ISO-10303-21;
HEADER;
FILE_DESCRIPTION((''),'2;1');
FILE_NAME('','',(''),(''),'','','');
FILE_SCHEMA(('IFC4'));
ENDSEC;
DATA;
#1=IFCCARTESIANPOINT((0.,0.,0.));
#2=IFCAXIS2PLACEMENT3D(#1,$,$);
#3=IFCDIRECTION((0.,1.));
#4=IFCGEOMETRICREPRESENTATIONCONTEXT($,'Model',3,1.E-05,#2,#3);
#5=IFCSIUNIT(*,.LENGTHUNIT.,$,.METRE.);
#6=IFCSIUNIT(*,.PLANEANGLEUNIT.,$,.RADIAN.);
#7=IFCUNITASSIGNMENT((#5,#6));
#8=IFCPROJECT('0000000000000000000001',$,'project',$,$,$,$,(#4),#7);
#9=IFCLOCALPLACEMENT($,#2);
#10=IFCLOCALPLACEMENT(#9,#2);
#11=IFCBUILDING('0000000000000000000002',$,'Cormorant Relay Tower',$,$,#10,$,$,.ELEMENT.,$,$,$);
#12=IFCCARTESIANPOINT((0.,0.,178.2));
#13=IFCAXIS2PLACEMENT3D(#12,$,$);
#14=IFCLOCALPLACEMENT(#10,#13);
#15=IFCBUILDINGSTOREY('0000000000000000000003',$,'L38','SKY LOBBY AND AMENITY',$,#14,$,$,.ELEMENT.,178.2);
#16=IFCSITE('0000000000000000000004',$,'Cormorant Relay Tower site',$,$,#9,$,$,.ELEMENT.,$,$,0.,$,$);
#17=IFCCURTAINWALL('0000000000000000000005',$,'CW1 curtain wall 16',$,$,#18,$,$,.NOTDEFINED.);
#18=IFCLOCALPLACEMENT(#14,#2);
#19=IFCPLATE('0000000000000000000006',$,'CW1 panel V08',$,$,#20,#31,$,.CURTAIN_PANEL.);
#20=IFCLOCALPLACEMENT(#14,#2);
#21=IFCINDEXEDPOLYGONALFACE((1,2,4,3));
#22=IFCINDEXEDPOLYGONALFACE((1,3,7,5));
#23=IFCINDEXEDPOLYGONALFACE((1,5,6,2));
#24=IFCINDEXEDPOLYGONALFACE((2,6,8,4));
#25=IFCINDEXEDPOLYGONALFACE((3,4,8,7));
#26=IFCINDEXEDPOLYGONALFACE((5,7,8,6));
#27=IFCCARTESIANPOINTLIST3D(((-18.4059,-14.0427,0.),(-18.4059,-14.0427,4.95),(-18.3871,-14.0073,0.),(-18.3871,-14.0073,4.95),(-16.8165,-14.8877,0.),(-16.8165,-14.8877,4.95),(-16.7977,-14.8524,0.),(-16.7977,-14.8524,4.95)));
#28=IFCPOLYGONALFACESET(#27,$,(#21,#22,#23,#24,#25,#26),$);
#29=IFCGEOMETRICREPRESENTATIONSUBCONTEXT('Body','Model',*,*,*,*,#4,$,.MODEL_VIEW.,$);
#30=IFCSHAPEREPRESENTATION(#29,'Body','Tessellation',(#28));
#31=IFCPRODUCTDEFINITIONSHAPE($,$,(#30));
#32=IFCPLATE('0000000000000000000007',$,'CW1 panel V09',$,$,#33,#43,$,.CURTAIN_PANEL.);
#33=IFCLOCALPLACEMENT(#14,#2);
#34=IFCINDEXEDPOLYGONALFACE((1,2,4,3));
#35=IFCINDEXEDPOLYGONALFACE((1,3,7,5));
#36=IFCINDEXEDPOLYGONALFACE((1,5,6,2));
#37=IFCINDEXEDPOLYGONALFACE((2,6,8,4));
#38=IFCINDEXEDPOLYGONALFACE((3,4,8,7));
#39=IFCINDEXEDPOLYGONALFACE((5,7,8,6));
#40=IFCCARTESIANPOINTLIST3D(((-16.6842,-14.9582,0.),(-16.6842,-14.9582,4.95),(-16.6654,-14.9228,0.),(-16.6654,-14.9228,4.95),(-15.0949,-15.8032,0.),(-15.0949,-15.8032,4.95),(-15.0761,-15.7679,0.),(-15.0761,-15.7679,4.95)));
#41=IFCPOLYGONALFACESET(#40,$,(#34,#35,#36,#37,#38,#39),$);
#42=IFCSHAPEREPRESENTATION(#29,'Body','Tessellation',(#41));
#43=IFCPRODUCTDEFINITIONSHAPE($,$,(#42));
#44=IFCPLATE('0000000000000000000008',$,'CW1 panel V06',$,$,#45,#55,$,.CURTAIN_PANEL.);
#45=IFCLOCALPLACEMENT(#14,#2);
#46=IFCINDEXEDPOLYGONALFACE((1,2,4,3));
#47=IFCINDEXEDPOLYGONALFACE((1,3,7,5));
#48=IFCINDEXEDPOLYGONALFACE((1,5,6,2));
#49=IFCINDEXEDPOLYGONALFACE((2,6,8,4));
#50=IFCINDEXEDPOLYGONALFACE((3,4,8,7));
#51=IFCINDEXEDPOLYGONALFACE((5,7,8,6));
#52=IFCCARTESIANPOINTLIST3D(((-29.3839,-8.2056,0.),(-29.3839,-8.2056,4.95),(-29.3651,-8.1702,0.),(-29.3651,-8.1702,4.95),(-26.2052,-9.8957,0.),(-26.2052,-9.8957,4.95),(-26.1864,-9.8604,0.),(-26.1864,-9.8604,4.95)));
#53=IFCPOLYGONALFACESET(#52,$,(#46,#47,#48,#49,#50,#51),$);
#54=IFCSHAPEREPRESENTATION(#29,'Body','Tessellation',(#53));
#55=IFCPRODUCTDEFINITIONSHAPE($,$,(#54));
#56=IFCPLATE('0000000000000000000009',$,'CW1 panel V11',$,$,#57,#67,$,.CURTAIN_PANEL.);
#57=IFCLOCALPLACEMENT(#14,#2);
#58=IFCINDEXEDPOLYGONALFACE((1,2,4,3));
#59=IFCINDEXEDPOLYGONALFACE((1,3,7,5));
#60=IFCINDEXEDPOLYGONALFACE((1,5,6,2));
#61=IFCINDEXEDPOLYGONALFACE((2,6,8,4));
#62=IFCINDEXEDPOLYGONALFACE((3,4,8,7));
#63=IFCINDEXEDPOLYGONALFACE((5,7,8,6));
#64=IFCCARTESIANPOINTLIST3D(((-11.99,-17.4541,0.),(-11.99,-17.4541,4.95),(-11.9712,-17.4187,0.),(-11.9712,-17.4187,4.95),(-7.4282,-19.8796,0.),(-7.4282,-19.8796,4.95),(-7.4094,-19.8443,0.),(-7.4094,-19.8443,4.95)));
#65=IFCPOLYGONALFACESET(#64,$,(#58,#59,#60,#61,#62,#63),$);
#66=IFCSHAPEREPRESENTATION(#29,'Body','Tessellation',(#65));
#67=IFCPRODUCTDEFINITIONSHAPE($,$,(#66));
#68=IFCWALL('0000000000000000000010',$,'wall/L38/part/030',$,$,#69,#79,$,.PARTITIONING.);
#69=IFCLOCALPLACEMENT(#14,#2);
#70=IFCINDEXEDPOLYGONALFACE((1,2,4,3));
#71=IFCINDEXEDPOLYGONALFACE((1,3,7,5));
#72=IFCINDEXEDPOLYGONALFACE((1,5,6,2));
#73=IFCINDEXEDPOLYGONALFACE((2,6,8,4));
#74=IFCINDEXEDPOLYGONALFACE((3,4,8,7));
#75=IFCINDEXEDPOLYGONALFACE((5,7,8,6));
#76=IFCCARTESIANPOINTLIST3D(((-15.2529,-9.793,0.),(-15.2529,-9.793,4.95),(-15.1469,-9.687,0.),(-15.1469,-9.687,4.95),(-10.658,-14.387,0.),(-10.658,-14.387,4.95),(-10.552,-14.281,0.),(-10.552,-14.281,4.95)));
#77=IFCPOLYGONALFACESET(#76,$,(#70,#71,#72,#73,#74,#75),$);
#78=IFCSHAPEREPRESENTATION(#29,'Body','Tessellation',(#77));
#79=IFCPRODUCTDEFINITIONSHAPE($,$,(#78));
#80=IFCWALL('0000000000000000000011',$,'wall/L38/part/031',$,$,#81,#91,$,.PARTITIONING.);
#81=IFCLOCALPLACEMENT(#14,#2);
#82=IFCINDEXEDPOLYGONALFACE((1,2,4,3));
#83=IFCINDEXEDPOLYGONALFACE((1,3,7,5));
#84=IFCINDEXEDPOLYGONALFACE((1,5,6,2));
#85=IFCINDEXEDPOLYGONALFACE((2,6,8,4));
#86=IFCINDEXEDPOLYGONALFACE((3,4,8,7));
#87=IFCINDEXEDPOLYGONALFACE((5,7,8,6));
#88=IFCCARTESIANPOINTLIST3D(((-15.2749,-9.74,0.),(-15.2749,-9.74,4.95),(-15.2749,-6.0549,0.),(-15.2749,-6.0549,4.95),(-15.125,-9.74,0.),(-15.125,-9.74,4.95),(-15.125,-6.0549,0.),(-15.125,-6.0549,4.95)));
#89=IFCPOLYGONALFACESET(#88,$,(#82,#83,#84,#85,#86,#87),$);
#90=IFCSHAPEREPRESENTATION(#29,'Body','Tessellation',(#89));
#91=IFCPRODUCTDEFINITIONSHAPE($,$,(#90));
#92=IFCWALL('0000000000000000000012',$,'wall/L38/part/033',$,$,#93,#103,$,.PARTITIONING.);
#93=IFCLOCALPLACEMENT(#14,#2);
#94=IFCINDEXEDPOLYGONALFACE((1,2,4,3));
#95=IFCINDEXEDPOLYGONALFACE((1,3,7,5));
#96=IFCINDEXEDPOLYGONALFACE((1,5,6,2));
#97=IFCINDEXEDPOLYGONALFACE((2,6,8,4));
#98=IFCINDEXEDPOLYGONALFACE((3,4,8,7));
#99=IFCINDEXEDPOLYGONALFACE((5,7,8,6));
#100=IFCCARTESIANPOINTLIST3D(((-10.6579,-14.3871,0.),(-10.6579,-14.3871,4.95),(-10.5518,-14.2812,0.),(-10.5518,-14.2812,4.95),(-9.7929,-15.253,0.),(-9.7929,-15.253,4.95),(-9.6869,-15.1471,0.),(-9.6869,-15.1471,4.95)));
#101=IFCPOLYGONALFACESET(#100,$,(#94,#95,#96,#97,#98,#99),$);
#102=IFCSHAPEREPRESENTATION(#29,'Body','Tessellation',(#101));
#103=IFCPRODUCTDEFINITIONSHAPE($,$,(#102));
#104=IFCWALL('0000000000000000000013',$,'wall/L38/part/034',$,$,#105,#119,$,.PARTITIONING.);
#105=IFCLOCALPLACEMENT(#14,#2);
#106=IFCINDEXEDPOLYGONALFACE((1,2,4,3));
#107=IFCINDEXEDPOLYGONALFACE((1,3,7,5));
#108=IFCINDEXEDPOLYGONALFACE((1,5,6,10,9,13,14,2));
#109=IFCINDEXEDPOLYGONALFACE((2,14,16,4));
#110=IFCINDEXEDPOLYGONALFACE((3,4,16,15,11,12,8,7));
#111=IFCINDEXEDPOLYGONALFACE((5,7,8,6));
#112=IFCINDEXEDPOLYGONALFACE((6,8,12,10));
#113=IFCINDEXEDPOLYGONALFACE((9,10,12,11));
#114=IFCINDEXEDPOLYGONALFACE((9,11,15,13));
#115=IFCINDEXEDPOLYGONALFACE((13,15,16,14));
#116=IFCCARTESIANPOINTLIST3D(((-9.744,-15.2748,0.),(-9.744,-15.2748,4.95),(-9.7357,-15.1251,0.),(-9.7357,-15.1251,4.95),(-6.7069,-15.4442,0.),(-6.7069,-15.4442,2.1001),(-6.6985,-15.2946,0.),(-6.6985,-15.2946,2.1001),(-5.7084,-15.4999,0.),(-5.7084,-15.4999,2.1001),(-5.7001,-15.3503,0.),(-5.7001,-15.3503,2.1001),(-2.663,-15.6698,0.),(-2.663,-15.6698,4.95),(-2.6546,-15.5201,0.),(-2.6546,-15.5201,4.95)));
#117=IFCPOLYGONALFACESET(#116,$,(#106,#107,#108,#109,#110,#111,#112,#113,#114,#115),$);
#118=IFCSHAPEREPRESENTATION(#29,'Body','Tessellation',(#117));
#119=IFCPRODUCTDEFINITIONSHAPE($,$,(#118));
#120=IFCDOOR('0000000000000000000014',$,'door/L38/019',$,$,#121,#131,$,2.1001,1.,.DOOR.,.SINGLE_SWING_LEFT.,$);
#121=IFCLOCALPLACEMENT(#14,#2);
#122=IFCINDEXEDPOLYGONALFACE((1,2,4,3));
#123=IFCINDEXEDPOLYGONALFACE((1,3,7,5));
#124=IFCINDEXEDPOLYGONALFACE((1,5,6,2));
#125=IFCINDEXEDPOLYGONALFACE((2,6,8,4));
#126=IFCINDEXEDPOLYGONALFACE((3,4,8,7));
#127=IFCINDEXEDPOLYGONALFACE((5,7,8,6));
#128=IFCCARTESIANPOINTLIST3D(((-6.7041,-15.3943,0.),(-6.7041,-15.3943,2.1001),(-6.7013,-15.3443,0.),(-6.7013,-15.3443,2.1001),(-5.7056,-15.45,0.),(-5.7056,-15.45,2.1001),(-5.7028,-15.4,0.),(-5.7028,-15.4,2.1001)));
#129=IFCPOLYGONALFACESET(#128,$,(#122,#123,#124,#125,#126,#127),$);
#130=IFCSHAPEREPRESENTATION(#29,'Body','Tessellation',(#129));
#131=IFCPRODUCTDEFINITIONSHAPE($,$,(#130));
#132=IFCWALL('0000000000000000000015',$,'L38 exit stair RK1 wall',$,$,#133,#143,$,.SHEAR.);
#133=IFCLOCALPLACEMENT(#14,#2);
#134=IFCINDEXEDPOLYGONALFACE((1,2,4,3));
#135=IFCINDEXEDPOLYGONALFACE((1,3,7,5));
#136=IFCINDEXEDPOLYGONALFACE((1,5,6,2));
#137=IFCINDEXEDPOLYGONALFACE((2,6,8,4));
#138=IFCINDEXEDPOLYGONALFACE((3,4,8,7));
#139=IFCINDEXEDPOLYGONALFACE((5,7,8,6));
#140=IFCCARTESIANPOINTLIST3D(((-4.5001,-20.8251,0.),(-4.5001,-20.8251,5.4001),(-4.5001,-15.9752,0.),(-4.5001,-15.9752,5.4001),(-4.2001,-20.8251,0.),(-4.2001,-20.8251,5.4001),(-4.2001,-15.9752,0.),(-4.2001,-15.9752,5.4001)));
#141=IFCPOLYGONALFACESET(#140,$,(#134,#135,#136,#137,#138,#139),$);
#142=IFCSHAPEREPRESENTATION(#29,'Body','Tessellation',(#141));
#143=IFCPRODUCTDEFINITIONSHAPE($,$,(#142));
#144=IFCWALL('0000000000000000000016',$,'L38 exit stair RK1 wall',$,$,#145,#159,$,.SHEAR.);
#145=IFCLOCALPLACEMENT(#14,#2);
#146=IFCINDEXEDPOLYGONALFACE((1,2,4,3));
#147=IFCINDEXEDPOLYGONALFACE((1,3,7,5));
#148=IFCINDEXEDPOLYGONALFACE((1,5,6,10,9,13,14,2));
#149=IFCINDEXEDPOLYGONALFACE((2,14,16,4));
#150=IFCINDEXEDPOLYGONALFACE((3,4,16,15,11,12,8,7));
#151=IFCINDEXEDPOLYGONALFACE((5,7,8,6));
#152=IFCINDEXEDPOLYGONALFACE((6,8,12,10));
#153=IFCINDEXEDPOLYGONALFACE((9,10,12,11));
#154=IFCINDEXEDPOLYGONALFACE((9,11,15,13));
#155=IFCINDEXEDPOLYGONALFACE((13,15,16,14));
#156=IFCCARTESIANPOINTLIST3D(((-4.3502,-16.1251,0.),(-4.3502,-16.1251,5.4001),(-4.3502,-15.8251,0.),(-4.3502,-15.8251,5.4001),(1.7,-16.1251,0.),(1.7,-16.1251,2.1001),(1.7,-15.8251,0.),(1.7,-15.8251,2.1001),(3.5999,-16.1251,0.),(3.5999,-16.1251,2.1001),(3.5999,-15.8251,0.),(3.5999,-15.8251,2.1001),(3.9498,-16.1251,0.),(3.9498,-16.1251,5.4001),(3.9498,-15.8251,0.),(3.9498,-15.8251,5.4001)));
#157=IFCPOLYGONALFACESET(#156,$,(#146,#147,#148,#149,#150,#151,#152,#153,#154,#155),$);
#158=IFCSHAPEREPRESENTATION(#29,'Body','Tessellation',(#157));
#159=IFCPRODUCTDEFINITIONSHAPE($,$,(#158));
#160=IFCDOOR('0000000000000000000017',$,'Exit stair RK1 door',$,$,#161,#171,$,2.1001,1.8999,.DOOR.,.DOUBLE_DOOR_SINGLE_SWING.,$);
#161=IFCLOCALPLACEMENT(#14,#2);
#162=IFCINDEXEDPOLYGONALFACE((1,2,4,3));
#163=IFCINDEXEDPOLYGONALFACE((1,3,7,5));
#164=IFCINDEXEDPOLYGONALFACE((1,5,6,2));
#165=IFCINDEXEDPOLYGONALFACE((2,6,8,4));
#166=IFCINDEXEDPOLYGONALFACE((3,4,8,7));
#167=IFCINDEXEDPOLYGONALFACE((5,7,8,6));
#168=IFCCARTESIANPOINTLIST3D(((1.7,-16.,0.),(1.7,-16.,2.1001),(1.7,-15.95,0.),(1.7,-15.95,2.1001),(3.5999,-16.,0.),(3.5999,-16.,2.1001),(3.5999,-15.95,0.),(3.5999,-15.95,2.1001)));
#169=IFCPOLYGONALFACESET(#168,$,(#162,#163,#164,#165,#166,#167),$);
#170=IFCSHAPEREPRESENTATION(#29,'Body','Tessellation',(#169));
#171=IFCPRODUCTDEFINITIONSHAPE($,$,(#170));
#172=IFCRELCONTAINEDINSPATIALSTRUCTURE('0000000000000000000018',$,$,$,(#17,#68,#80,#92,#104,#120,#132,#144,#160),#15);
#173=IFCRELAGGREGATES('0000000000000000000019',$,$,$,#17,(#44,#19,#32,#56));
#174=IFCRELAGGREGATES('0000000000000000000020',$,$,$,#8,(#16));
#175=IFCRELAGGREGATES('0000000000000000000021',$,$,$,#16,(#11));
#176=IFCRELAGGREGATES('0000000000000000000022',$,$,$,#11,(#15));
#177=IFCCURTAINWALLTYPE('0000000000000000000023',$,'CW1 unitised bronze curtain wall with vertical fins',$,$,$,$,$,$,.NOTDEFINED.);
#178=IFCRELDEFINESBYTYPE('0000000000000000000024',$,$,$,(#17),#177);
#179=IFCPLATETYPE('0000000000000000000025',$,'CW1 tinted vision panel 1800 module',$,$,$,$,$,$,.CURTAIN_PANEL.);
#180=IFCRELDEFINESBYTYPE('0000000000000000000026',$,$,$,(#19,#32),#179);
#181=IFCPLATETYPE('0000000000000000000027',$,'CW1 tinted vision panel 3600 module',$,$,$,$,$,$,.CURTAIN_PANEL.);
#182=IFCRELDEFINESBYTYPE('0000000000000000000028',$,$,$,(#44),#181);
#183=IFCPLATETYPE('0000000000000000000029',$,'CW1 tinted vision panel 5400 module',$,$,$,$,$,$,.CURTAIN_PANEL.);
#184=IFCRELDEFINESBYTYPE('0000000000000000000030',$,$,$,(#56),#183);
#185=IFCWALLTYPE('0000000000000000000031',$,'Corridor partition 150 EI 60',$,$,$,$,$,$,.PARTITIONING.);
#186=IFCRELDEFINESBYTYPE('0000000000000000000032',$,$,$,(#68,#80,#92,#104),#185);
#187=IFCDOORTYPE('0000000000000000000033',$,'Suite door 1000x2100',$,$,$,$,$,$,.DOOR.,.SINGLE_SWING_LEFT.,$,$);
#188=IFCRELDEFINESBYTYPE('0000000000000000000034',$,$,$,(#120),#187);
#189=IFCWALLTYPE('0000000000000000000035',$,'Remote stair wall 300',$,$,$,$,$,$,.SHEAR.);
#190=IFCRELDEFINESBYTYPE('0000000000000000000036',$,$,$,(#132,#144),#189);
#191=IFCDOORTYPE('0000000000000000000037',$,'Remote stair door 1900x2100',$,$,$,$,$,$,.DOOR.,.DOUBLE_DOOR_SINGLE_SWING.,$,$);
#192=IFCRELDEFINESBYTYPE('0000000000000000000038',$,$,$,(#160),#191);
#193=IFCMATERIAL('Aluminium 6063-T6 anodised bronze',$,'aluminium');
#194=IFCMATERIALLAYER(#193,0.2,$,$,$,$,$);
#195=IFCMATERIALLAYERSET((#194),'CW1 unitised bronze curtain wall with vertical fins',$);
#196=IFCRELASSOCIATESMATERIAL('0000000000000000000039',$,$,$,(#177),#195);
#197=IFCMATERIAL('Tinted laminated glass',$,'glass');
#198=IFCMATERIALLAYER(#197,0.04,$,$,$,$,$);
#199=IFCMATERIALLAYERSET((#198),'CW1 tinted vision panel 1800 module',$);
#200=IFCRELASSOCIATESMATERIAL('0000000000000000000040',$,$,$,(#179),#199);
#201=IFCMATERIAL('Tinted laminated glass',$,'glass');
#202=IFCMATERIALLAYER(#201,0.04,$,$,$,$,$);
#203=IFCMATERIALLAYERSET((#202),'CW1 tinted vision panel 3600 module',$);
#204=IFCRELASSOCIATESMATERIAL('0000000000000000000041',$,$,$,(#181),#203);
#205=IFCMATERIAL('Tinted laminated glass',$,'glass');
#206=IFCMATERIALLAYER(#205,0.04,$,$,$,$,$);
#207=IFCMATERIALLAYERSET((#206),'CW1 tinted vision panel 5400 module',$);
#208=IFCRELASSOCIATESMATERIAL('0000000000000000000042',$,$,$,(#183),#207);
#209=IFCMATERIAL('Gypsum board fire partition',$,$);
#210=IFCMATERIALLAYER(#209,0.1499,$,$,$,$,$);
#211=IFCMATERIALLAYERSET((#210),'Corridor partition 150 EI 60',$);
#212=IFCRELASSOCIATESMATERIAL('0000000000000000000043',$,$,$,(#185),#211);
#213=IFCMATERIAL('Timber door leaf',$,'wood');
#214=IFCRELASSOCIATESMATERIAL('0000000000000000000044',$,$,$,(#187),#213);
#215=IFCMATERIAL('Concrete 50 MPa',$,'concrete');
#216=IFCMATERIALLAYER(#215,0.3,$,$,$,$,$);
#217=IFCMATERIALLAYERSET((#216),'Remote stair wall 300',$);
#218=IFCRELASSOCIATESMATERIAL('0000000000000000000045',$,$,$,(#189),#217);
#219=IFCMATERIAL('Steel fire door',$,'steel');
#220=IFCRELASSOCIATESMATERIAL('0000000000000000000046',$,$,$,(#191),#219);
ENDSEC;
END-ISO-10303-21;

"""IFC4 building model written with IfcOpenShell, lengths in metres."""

from ifc_helpers import new_model, si_unit, direction, frame, frame_2d, origin, origin_2d, place, context, subcontext, project, spatial, rectangle, extrude, material, layer, layer_set, type_object, element, fill, aggregate, save


model = new_model("IFC4")

# Units and contexts
model_context = context("Model", 3, precision=1e-05, world=origin(), true_north=direction((0.0, 1.0)))
body_context = subcontext(model_context, "Body", "Model", "MODEL_VIEW")
ifc_project = project(units=[si_unit("LENGTHUNIT", "METRE"), si_unit("PLANEANGLEUNIT", "RADIAN")], contexts=[model_context])

# Site, building, storey
site_placement = place(None, origin())
site = spatial("IfcSite", under=ifc_project, at=site_placement, Name="Cormorant Relay Tower site", CompositionType="ELEMENT", RefElevation=0.0)
building_placement = place(site_placement, origin())
building = spatial("IfcBuilding", under=site, at=building_placement, Name="Cormorant Relay Tower", CompositionType="ELEMENT")
storey_placement = place(building_placement, frame((0.0, 0.0, 178.2)))
storey = spatial("IfcBuildingStorey", under=building, at=storey_placement, Name="L38", Description="SKY LOBBY AND AMENITY", CompositionType="ELEMENT", Elevation=178.2)

# Shared definitions
ifc_material_1 = material(Name="Aluminium 6063-T6 anodised bronze", Category="aluminium")
ifc_layer_1 = layer(ifc_material_1, 0.2)
ifc_layer_set_1 = layer_set([ifc_layer_1], Name="CW1 unitised bronze curtain wall with vertical fins")
curtain_wall_type = type_object("IfcCurtainWallType", Name="CW1 unitised bronze curtain wall with vertical fins", PredefinedType="NOTDEFINED", material=ifc_layer_set_1)

# Curtain wall
curtain_wall_1_placement = place(storey_placement, origin())
curtain_wall_1 = element("IfcCurtainWall", 1, at=curtain_wall_1_placement, inside=storey, type_object=curtain_wall_type, Name="CW1 curtain wall 16", PredefinedType="NOTDEFINED")

# Plates
ifc_material_2 = material(Name="Tinted laminated glass", Category="glass")
ifc_layer_2 = layer(ifc_material_2, 0.04)
ifc_layer_set_2 = layer_set([ifc_layer_2], Name="CW1 tinted vision panel 1800 module")
plate_type_1 = type_object("IfcPlateType", Name="CW1 tinted vision panel 1800 module", PredefinedType="CURTAIN_PANEL", material=ifc_layer_set_2)
plate_1_placement = place(storey_placement, frame((-17.6018, -14.4475, 0.0), z_axis=(0.0, 0.0, 1.0), x_axis=(0.882948, -0.469472, 0.0)))
plate_1 = element("IfcPlate", 2, at=plate_1_placement, type_object=plate_type_1, Name="CW1 panel V08", PredefinedType="CURTAIN_PANEL", context=body_context, shape_type="SweptSolid", body=[
    extrude(rectangle(XDim=1.8, YDim=0.04, at=origin_2d()), origin(), (0.0, 0.0, 1.0), 4.95),
])
plate_2_placement = place(storey_placement, frame((-15.8801, -15.363, 0.0), z_axis=(0.0, 0.0, 1.0), x_axis=(0.882948, -0.469472, 0.0)))
plate_2 = element("IfcPlate", 3, at=plate_2_placement, type_object=plate_type_1, Name="CW1 panel V09", PredefinedType="CURTAIN_PANEL", context=body_context, shape_type="SweptSolid", body=[
    extrude(rectangle(XDim=1.8, YDim=0.04, at=origin_2d()), origin(), (0.0, 0.0, 1.0), 4.95),
])
ifc_material_3 = material(Name="Tinted laminated glass", Category="glass")
ifc_layer_3 = layer(ifc_material_3, 0.04)
ifc_layer_set_3 = layer_set([ifc_layer_3], Name="CW1 tinted vision panel 3600 module")
plate_type_2 = type_object("IfcPlateType", Name="CW1 tinted vision panel 3600 module", PredefinedType="CURTAIN_PANEL", material=ifc_layer_set_3)
plate_3_placement = place(storey_placement, frame((-27.7852, -9.033, 0.0), z_axis=(0.0, 0.0, 1.0), x_axis=(0.882948, -0.469472, 0.0)))
plate_3 = element("IfcPlate", 4, at=plate_3_placement, type_object=plate_type_2, Name="CW1 panel V06", PredefinedType="CURTAIN_PANEL", context=body_context, shape_type="SweptSolid", body=[
    extrude(rectangle(XDim=3.6001, YDim=0.04, at=origin_2d()), origin(), (0.0, 0.0, 1.0), 4.95),
])
ifc_material_4 = material(Name="Tinted laminated glass", Category="glass")
ifc_layer_4 = layer(ifc_material_4, 0.04)
ifc_layer_set_4 = layer_set([ifc_layer_4], Name="CW1 tinted vision panel 5400 module")
plate_type_3 = type_object("IfcPlateType", Name="CW1 tinted vision panel 5400 module", PredefinedType="CURTAIN_PANEL", material=ifc_layer_set_4)
plate_4_placement = place(storey_placement, frame((-9.6997, -18.6492, 0.0), z_axis=(0.0, 0.0, 1.0), x_axis=(0.882948, -0.469472, 0.0)))
plate_4 = element("IfcPlate", 5, at=plate_4_placement, type_object=plate_type_3, Name="CW1 panel V11", PredefinedType="CURTAIN_PANEL", context=body_context, shape_type="SweptSolid", body=[
    extrude(rectangle(XDim=5.1665, YDim=0.04, at=origin_2d()), origin(), (0.0, 0.0, 1.0), 4.95),
])

# Walls
ifc_material_5 = material(Name="Gypsum board fire partition")
ifc_layer_5 = layer(ifc_material_5, 0.1499)
ifc_layer_set_5 = layer_set([ifc_layer_5], Name="Corridor partition 150 EI 60")
wall_type_1 = type_object("IfcWallType", Name="Corridor partition 150 EI 60", PredefinedType="PARTITIONING", material=ifc_layer_set_5)
wall_1_placement = place(storey_placement, frame((-10.605, -14.334, 0.0), z_axis=(0.0, 0.0, 1.0), x_axis=(-0.707182, 0.707032, 0.0)))
element("IfcWall", 6, at=wall_1_placement, inside=storey, type_object=wall_type_1, Name="wall/L38/part/030", PredefinedType="PARTITIONING", context=body_context, shape_type="SweptSolid", body=[
    extrude(rectangle(XDim=6.4976, YDim=0.1499, at=frame_2d((3.2488, 0.0))), origin(), (0.0, 0.0, 1.0), 4.95),
])
wall_2_placement = place(storey_placement, frame((-15.2, -9.74, 0.0), z_axis=(0.0, 0.0, 1.0), x_axis=(0.0, 1.0, 0.0)))
element("IfcWall", 7, at=wall_2_placement, inside=storey, type_object=wall_type_1, Name="wall/L38/part/031", PredefinedType="PARTITIONING", context=body_context, shape_type="SweptSolid", body=[
    extrude(rectangle(XDim=3.6851, YDim=0.1499, at=frame_2d((1.8425, 0.0))), origin(), (0.0, 0.0, 1.0), 4.95),
])
wall_3_placement = place(storey_placement, frame((-9.74, -15.2, 0.0), z_axis=(0.0, 0.0, 1.0), x_axis=(-0.706708, 0.707506, 0.0)))
element("IfcWall", 8, at=wall_3_placement, inside=storey, type_object=wall_type_1, Name="wall/L38/part/033", PredefinedType="PARTITIONING", context=body_context, shape_type="SweptSolid", body=[
    extrude(rectangle(XDim=1.2239, YDim=0.1499, at=frame_2d((0.6118, 0.0))), origin(), (0.0, 0.0, 1.0), 4.95),
])

# Wall, opening, door
wall_4_placement = place(storey_placement, frame((-2.6589, -15.595, 0.0), z_axis=(0.0, 0.0, 1.0), x_axis=(-0.998448, 0.055699, 0.0)))
wall_4 = element("IfcWall", 9, at=wall_4_placement, inside=storey, type_object=wall_type_1, Name="wall/L38/part/034", PredefinedType="PARTITIONING", context=body_context, shape_type="SweptSolid", body=[
    extrude(rectangle(XDim=7.092, YDim=0.1499, at=frame_2d((3.5459, 0.0))), origin(), (0.0, 0.0, 1.0), 4.95),
])
opening_1_placement = place(wall_4_placement, frame((3.05, 0.0, 0.0)))
opening_1 = element("IfcOpeningElement", 10, at=opening_1_placement, cuts=wall_4, PredefinedType="OPENING", context=body_context, shape_type="SweptSolid", body=[
    extrude(rectangle(XDim=1.0, YDim=2.1001, at=frame_2d((0.5, 1.05))), frame((0.0, 0.085, 0.0), z_axis=(0.0, -1.0, 0.0), x_axis=(1.0, 0.0, 0.0)), (0.0, 0.0, 1.0), 0.1699),
])
ifc_material_6 = material(Name="Timber door leaf", Category="wood")
door_type_1 = type_object("IfcDoorType", Name="Suite door 1000x2100", OperationType="SINGLE_SWING_LEFT", PredefinedType="DOOR", material=ifc_material_6)
door_1_placement = place(opening_1_placement, origin())
door_1 = element("IfcDoor", 11, at=door_1_placement, inside=storey, type_object=door_type_1, Name="door/L38/019", OperationType="SINGLE_SWING_LEFT", OverallHeight=2.1001, OverallWidth=1.0, PredefinedType="DOOR", context=body_context, shape_type="SweptSolid", body=[
    extrude(rectangle(XDim=1.0, YDim=2.1001, at=frame_2d((0.5, 1.05))), frame((0.0, 0.0249, 0.0), z_axis=(0.0, -1.0, 0.0), x_axis=(1.0, 0.0, 0.0)), (0.0, 0.0, 1.0), 0.05),
])
fill(opening_1, door_1)

# Wall
ifc_material_7 = material(Name="Concrete 50 MPa", Category="concrete")
ifc_layer_6 = layer(ifc_material_7, 0.3)
ifc_layer_set_6 = layer_set([ifc_layer_6], Name="Remote stair wall 300")
wall_type_2 = type_object("IfcWallType", Name="Remote stair wall 300", PredefinedType="SHEAR", material=ifc_layer_set_6)
wall_5_placement = place(storey_placement, frame((-4.3501, -20.825, 0.0), z_axis=(0.0, 0.0, 1.0), x_axis=(0.0, 1.0, 0.0)))
element("IfcWall", 12, at=wall_5_placement, inside=storey, type_object=wall_type_2, Name="L38 exit stair RK1 wall", PredefinedType="SHEAR", context=body_context, shape_type="SweptSolid", body=[
    extrude(rectangle(XDim=4.8499, YDim=0.3, at=frame_2d((2.4248, 0.0))), origin(), (0.0, 0.0, 1.0), 5.4001),
])

# Wall, opening, door
wall_6_placement = place(storey_placement, frame((-4.3501, -15.9751, 0.0), z_axis=(0.0, 0.0, 1.0), x_axis=(1.0, 0.0, 0.0)))
wall_6 = element("IfcWall", 13, at=wall_6_placement, inside=storey, type_object=wall_type_2, Name="L38 exit stair RK1 wall", PredefinedType="SHEAR", context=body_context, shape_type="SweptSolid", body=[
    extrude(rectangle(XDim=8.3, YDim=0.3, at=frame_2d((4.1499, 0.0))), origin(), (0.0, 0.0, 1.0), 5.4001),
])
opening_2_placement = place(wall_6_placement, frame((6.05, 0.0, 0.0)))
opening_2 = element("IfcOpeningElement", 14, at=opening_2_placement, cuts=wall_6, PredefinedType="OPENING", context=body_context, shape_type="SweptSolid", body=[
    extrude(rectangle(XDim=1.8999, YDim=2.1001, at=frame_2d((0.95, 1.05))), frame((0.0, 0.1599, 0.0), z_axis=(0.0, -1.0, 0.0), x_axis=(1.0, 0.0, 0.0)), (0.0, 0.0, 1.0), 0.3201),
])
ifc_material_8 = material(Name="Steel fire door", Category="steel")
door_type_2 = type_object("IfcDoorType", Name="Remote stair door 1900x2100", OperationType="DOUBLE_DOOR_SINGLE_SWING", PredefinedType="DOOR", material=ifc_material_8)
door_2_placement = place(opening_2_placement, frame((1.8999, 0.0, 0.0), z_axis=(0.0, 0.0, 1.0), x_axis=(-1.0, 0.0, 0.0)))
door_2 = element("IfcDoor", 15, at=door_2_placement, inside=storey, type_object=door_type_2, Name="Exit stair RK1 door", OperationType="DOUBLE_DOOR_SINGLE_SWING", OverallHeight=2.1001, OverallWidth=1.8999, PredefinedType="DOOR", context=body_context, shape_type="SweptSolid", body=[
    extrude(rectangle(XDim=1.8999, YDim=2.1001, at=frame_2d((0.95, 1.05))), frame((0.0, 0.0249, 0.0), z_axis=(0.0, -1.0, 0.0), x_axis=(1.0, 0.0, 0.0)), (0.0, 0.0, 1.0), 0.05),
])
fill(opening_2, door_2)

aggregate(curtain_wall_1, [plate_3, plate_1, plate_2, plate_4])

save(model, "model.ifc")
